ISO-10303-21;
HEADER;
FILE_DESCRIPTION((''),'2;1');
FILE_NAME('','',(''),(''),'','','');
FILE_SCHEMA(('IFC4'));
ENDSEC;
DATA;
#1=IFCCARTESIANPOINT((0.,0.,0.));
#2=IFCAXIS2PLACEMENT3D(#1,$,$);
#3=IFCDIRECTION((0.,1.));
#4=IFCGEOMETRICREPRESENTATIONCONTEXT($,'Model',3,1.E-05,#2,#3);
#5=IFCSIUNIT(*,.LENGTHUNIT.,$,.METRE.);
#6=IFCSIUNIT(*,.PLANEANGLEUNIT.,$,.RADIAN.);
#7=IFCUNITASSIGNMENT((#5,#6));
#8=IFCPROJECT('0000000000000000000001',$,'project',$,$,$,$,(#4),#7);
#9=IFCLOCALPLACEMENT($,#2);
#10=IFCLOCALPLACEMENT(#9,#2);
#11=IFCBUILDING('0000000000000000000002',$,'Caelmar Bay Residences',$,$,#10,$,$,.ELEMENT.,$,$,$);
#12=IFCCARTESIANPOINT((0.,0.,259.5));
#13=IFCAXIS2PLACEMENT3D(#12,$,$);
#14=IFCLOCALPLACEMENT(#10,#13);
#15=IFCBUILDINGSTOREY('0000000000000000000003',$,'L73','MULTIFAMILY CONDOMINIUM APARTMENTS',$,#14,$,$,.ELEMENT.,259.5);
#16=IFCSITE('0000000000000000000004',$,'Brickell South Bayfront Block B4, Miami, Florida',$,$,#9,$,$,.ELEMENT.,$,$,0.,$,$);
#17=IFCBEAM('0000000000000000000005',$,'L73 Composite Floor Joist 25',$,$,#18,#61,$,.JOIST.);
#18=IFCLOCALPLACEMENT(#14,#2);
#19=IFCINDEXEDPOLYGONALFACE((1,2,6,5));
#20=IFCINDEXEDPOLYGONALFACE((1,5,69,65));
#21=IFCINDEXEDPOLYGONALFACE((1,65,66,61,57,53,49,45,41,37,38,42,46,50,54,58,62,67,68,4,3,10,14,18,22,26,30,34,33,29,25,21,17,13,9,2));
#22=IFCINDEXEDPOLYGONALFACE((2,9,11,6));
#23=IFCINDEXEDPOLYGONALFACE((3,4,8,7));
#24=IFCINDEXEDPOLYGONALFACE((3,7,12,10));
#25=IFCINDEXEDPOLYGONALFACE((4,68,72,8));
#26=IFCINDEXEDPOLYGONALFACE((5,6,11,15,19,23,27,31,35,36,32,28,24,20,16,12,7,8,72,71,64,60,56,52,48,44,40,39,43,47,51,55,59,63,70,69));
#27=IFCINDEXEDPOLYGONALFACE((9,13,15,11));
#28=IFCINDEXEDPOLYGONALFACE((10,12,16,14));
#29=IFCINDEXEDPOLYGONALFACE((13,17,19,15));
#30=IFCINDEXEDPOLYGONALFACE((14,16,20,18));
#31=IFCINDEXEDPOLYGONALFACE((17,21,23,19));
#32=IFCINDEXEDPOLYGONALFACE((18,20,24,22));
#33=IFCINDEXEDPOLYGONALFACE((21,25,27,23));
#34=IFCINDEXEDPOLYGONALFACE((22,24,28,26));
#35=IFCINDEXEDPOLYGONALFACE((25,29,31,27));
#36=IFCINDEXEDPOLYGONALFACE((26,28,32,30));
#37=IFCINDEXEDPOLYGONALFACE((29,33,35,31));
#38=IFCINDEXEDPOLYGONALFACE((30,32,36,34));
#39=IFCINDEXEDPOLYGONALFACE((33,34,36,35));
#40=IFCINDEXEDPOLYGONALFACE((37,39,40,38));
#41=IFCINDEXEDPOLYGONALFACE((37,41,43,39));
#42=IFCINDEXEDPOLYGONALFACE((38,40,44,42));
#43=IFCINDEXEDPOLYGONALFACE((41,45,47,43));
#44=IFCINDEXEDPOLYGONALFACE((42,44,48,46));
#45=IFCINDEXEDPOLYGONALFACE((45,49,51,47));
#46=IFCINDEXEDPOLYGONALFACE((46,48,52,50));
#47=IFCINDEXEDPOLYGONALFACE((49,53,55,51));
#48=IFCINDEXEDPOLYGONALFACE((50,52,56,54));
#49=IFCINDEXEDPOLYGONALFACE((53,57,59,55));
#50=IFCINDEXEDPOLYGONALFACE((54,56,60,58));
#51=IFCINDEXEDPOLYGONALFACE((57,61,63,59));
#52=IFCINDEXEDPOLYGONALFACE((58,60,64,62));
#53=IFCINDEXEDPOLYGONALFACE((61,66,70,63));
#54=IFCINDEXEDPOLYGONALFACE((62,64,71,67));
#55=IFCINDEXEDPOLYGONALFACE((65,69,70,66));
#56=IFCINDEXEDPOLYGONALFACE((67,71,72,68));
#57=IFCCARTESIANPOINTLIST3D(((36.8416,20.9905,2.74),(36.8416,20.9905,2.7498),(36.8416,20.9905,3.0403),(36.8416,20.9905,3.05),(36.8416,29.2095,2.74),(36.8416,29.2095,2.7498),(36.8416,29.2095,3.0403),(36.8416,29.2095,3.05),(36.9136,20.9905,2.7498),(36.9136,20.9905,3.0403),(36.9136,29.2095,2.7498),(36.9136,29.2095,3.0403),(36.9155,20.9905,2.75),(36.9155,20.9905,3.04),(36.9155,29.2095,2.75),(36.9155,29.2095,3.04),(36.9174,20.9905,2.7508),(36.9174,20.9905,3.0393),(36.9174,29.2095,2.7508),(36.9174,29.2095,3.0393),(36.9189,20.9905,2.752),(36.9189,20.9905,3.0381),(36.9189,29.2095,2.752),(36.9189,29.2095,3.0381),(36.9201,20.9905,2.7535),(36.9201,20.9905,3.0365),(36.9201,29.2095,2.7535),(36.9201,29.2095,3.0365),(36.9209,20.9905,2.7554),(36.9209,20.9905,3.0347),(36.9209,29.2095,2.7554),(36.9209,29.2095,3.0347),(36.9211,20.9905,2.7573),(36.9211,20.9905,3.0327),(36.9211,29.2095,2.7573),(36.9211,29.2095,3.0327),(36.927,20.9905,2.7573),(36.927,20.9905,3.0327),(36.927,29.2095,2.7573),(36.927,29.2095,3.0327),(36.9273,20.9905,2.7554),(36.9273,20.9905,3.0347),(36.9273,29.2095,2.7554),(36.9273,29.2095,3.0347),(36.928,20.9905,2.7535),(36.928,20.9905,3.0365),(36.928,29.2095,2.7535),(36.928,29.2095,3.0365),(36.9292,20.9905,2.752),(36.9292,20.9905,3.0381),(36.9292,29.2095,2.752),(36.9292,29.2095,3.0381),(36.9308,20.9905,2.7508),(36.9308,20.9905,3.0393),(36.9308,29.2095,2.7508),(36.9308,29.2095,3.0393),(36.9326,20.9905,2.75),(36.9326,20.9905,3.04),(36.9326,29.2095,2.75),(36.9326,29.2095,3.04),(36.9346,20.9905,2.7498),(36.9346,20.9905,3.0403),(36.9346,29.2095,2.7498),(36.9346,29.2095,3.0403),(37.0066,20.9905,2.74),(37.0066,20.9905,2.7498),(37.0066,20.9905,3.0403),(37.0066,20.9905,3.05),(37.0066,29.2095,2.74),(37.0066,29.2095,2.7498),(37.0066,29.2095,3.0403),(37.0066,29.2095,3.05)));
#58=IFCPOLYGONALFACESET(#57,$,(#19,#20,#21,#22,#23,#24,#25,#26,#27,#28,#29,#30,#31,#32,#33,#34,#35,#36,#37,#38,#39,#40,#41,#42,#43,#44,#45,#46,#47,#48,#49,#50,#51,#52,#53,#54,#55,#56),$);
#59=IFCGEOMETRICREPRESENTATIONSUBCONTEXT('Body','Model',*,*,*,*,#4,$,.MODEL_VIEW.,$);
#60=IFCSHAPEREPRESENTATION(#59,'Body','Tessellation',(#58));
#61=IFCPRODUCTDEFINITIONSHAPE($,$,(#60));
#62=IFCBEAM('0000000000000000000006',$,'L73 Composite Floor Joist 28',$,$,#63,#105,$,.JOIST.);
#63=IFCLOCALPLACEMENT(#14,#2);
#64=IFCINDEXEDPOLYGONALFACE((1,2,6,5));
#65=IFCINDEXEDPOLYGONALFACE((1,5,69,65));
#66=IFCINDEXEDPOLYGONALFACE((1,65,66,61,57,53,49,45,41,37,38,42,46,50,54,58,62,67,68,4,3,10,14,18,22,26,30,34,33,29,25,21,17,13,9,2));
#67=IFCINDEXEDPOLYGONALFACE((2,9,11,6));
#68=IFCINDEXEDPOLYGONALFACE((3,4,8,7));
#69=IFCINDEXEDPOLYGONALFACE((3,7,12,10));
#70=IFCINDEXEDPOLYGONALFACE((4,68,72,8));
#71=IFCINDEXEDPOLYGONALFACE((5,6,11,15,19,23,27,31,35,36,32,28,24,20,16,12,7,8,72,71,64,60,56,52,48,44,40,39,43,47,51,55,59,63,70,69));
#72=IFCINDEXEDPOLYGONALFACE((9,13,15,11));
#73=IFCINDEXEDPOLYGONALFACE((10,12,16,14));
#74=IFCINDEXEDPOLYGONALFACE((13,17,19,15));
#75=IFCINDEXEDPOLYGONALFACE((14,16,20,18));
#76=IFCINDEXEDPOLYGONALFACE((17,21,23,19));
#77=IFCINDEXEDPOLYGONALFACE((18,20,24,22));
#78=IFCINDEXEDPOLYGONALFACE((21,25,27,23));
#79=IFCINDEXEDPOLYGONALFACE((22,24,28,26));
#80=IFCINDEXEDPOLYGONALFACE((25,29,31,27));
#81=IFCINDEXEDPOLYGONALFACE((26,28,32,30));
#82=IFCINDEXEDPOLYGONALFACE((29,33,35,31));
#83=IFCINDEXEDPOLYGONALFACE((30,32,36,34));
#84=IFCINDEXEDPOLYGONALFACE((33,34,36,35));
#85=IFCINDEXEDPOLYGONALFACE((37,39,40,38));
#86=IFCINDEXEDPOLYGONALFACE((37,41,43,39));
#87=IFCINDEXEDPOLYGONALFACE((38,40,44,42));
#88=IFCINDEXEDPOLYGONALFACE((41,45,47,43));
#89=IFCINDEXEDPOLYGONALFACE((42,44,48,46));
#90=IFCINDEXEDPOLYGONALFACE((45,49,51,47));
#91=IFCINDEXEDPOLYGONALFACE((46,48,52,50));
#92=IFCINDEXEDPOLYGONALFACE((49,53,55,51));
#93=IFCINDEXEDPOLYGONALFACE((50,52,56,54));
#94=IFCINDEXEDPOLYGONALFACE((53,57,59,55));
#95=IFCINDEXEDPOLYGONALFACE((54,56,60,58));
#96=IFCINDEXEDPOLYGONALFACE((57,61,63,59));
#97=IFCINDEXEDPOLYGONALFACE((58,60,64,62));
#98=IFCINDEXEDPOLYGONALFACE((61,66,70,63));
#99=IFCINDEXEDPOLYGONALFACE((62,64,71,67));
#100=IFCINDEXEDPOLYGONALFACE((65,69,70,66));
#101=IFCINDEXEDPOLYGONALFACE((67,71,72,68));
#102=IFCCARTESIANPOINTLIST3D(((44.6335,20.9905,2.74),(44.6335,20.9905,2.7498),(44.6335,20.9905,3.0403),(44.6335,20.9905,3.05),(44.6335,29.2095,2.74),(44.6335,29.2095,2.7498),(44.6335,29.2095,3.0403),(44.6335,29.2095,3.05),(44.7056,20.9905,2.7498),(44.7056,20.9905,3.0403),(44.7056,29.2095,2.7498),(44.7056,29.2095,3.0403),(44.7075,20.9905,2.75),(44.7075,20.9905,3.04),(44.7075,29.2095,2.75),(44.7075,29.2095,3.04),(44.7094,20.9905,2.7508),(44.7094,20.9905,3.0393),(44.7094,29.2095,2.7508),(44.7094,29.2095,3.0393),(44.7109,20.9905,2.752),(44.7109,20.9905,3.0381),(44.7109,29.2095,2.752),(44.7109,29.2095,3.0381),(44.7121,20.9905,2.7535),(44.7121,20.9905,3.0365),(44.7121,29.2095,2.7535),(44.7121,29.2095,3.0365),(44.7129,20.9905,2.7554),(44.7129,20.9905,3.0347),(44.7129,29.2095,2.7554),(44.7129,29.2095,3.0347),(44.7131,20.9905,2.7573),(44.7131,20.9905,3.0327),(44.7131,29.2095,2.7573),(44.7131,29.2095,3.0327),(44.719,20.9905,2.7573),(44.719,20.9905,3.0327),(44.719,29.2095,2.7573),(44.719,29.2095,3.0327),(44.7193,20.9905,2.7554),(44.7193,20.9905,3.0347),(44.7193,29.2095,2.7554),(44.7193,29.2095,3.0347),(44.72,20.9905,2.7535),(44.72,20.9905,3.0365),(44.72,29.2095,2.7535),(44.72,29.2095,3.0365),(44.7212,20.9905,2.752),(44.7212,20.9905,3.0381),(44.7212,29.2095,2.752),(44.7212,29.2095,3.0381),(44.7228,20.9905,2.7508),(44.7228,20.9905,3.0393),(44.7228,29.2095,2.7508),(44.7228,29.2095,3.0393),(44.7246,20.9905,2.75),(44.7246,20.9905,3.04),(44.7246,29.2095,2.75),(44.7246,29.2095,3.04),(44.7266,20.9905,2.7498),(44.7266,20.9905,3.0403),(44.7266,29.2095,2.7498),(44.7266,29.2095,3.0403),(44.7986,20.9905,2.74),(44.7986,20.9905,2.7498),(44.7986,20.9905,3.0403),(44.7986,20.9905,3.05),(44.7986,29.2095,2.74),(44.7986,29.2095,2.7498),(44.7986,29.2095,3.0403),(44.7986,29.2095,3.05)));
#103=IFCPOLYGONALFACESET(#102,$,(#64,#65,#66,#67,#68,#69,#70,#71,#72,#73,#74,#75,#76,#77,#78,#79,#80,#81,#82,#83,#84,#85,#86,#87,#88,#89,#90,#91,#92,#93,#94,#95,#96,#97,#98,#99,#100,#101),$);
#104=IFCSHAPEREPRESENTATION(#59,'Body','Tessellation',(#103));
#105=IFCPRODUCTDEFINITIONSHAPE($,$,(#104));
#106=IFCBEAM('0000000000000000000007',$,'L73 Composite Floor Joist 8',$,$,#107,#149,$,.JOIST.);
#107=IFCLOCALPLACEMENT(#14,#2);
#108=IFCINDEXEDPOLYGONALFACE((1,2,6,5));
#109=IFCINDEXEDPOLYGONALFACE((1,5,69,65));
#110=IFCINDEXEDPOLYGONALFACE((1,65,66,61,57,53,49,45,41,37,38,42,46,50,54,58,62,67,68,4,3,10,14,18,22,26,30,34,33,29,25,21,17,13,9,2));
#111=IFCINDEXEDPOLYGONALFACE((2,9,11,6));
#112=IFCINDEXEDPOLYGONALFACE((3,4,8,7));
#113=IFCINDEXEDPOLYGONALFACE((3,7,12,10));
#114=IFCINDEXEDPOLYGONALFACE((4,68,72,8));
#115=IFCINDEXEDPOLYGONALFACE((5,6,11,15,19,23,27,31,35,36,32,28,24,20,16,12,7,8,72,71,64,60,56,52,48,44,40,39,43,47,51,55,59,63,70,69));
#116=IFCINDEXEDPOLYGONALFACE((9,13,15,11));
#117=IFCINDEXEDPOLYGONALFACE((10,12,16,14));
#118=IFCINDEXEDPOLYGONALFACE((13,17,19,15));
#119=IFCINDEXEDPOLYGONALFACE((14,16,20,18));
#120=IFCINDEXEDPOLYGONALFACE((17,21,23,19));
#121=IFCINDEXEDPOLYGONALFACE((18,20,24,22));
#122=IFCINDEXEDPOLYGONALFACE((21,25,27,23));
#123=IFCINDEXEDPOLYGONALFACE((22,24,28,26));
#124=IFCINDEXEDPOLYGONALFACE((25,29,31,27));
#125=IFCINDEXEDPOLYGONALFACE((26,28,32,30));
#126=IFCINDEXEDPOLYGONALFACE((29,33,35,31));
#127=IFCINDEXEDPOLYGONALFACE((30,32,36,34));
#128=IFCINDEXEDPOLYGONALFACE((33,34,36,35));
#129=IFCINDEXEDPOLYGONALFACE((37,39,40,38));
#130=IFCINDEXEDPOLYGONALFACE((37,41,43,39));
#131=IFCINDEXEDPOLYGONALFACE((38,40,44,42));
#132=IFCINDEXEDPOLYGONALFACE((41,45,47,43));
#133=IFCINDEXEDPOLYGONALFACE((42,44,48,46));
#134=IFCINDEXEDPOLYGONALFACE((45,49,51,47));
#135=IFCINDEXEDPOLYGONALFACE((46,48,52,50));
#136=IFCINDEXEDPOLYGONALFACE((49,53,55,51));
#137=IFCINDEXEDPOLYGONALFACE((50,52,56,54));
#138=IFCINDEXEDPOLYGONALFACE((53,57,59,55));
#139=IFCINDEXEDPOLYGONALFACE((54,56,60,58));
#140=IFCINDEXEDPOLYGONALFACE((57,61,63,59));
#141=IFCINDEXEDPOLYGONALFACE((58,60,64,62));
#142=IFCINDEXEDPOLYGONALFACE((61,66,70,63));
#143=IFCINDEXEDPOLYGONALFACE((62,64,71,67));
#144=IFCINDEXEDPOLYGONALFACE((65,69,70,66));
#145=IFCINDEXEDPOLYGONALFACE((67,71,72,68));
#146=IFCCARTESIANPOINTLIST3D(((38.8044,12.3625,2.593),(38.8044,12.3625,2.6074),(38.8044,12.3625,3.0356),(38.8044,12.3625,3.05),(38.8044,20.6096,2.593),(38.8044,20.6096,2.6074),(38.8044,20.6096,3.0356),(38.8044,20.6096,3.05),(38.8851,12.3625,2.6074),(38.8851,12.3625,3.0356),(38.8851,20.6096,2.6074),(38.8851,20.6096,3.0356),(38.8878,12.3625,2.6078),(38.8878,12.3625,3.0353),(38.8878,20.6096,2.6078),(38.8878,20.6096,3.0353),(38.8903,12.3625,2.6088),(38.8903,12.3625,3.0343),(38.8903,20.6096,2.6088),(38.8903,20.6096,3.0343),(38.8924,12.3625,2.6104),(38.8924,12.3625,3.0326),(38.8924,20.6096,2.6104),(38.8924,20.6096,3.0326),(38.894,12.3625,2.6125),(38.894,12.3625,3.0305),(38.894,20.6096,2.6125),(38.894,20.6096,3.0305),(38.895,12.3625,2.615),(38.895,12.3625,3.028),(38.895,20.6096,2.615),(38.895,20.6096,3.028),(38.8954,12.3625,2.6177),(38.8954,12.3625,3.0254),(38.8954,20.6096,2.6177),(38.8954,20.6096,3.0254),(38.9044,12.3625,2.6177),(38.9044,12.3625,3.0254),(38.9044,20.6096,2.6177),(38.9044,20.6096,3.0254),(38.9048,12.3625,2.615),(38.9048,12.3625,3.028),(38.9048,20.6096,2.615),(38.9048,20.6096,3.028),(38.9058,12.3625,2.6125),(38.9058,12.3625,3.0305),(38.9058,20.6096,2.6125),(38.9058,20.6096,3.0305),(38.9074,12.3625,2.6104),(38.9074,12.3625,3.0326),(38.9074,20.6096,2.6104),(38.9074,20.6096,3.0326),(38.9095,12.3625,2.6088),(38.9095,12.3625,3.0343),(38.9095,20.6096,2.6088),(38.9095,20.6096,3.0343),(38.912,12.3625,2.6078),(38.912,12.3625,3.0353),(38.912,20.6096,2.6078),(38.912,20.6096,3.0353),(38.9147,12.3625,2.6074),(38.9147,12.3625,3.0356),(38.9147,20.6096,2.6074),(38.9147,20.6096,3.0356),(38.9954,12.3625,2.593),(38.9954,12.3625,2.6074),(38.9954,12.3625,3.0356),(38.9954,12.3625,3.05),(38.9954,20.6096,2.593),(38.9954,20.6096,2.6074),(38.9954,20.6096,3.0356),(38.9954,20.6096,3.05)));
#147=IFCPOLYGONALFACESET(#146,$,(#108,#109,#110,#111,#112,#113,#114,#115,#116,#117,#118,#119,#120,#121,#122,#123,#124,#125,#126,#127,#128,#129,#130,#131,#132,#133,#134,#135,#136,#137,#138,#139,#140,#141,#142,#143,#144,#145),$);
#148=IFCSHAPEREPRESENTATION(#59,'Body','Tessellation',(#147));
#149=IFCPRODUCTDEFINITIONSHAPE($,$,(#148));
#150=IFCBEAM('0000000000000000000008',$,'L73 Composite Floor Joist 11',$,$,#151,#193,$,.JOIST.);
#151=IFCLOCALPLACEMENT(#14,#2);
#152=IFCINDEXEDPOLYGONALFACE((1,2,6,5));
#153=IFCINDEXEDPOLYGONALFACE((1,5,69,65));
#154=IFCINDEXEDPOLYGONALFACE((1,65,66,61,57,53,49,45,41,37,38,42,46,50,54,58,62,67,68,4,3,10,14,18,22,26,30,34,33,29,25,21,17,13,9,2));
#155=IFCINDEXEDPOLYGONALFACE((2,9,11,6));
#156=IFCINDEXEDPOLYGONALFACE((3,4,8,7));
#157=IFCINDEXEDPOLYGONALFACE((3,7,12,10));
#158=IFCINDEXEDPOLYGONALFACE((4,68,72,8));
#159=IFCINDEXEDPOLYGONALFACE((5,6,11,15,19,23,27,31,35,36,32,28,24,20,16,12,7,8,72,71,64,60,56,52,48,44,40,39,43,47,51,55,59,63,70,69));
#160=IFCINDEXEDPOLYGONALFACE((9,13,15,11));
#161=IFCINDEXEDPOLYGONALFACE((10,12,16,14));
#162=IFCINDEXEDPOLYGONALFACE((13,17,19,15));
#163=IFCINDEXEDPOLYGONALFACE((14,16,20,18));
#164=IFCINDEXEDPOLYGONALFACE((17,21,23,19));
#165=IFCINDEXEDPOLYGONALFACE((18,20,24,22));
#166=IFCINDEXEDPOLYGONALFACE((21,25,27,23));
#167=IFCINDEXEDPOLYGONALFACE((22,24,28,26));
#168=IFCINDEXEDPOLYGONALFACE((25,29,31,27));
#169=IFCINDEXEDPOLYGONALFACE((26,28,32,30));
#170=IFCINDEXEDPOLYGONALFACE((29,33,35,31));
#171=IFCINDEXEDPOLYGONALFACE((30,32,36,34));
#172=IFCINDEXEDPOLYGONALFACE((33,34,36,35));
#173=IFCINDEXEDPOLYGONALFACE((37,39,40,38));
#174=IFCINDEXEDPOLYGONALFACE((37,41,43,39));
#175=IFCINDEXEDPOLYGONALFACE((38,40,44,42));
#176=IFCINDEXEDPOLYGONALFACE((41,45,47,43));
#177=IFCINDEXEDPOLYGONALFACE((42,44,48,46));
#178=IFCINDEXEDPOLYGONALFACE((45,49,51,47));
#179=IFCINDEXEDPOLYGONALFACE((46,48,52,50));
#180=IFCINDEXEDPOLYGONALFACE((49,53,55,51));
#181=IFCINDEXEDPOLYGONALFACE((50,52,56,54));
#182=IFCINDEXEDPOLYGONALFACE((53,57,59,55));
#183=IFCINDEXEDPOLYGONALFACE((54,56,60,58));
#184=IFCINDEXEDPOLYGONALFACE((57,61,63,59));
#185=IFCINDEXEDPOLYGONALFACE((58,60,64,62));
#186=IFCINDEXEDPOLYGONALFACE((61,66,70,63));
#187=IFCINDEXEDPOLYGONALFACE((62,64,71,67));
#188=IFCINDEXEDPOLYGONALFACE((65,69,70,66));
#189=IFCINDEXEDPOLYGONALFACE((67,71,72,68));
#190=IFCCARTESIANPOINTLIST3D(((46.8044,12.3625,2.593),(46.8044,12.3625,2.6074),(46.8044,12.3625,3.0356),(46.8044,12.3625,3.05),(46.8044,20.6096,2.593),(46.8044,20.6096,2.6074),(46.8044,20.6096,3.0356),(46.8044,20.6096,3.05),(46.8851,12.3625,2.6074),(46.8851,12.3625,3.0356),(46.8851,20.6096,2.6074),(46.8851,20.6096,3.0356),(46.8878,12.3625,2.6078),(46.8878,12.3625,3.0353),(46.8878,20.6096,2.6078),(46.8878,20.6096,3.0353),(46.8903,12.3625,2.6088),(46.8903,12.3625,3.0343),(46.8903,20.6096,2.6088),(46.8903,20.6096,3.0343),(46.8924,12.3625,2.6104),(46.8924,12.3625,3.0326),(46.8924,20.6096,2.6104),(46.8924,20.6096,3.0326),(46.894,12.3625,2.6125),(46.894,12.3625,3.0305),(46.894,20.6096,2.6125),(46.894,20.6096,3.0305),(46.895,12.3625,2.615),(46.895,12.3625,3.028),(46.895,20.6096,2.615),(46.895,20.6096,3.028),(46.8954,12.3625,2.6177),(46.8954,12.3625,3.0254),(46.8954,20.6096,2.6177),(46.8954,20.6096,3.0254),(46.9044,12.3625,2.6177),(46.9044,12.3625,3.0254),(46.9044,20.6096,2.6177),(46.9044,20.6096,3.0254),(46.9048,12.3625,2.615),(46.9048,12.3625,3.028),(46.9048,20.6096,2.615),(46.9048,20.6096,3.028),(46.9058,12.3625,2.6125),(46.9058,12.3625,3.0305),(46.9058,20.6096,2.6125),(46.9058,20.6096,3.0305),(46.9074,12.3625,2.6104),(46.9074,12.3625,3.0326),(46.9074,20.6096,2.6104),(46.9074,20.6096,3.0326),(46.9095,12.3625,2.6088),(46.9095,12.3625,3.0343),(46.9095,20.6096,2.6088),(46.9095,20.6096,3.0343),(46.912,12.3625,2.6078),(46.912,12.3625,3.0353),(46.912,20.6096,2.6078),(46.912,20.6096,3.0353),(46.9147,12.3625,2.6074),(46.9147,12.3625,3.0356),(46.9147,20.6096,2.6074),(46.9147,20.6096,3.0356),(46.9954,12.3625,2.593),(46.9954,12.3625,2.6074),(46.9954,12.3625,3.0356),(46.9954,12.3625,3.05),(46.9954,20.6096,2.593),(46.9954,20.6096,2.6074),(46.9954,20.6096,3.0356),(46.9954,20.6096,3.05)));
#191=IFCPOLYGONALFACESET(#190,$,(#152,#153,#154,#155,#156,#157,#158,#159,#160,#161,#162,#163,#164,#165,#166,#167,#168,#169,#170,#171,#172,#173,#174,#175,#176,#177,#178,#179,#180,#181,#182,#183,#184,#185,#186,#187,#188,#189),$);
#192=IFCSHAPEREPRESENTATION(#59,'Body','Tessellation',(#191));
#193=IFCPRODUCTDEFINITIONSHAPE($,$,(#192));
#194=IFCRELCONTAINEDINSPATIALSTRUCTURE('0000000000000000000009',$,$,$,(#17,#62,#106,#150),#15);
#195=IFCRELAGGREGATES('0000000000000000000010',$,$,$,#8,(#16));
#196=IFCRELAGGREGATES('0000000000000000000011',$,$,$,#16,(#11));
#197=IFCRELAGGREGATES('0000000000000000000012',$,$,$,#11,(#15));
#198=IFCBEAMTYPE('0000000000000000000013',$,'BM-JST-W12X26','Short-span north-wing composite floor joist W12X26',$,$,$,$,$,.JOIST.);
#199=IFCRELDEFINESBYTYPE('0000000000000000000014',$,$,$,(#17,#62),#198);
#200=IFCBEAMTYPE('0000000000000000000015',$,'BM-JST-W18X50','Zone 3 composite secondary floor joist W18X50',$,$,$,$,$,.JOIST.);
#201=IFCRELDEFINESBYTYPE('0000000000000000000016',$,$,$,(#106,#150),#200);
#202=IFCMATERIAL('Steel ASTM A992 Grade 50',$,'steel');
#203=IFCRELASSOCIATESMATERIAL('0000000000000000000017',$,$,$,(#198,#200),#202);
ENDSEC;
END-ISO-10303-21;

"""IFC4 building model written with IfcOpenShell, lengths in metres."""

from ifc_helpers import new_model, si_unit, direction, frame, origin, origin_2d, place, context, subcontext, project, spatial, i_section, extrude, material, material_profile, profile_set, type_object, element, save


model = new_model("IFC4")

# Units and contexts
model_context = context("Model", 3, precision=1e-05, world=origin(), true_north=direction((0.0, 1.0)))
body_context = subcontext(model_context, "Body", "Model", "MODEL_VIEW")
ifc_project = project(units=[si_unit("LENGTHUNIT", "METRE"), si_unit("PLANEANGLEUNIT", "RADIAN")], contexts=[model_context])

# Site, building, storey
site_placement = place(None, origin())
site = spatial("IfcSite", under=ifc_project, at=site_placement, Name="Brickell South Bayfront Block B4, Miami, Florida", CompositionType="ELEMENT", RefElevation=0.0)
building_placement = place(site_placement, origin())
building = spatial("IfcBuilding", under=site, at=building_placement, Name="Caelmar Bay Residences", CompositionType="ELEMENT")
storey_placement = place(building_placement, frame((0.0, 0.0, 259.5)))
storey = spatial("IfcBuildingStorey", under=building, at=storey_placement, Name="L73", Description="MULTIFAMILY CONDOMINIUM APARTMENTS", CompositionType="ELEMENT", Elevation=259.5)

# Beams
ifc_material_1 = material(Name="Steel ASTM A992 Grade 50", Category="steel")
ifc_material_profile_1 = material_profile(ifc_material_1, i_section(OverallWidth=0.165, OverallDepth=0.3101, WebThickness=0.0059, FlangeThickness=0.0098, FilletRadius=0.0076, at=origin_2d()), Name="W12X26")
ifc_profile_set_1 = profile_set([ifc_material_profile_1], Name="Steel ASTM A992 Grade 50")
beam_type_1 = type_object("IfcBeamType", Name="BM-JST-W12X26", Description="Short-span north-wing composite floor joist W12X26", PredefinedType="JOIST", material=ifc_profile_set_1)
for number, where, z_axis, x_axis, name in (
    (1, (36.9241, 20.9905, 2.895), (0.0, 1.0, 0.0), (-1.0, 0.0, 0.0), "L73 Composite Floor Joist 25"),
    (2, (44.7161, 20.9905, 2.895), (0.0, 1.0, 0.0), (-1.0, 0.0, 0.0), "L73 Composite Floor Joist 28"),
):
    element("IfcBeam", number, at=place(storey_placement, frame(where, z_axis=z_axis, x_axis=x_axis)), inside=storey, type_object=beam_type_1, Name=name, PredefinedType="JOIST", context=body_context, shape_type="SweptSolid", body=[
        extrude(i_section(OverallWidth=0.165, OverallDepth=0.3101, WebThickness=0.0059, FlangeThickness=0.0098, FilletRadius=0.0076, at=origin_2d()), origin(), (0.0, 0.0, 1.0), 8.219),
    ])
ifc_material_profile_2 = material_profile(ifc_material_1, i_section(OverallWidth=0.1909, OverallDepth=0.457, WebThickness=0.009, FlangeThickness=0.0144, FilletRadius=0.0103, at=origin_2d()), Name="W18X50")
ifc_profile_set_2 = profile_set([ifc_material_profile_2], Name="Steel ASTM A992 Grade 50")
beam_type_2 = type_object("IfcBeamType", Name="BM-JST-W18X50", Description="Zone 3 composite secondary floor joist W18X50", PredefinedType="JOIST", material=ifc_profile_set_2)
for number, where, z_axis, x_axis, name in (
    (3, (38.8999, 12.3625, 2.8215), (0.0, 1.0, 0.0), (-1.0, 0.0, 0.0), "L73 Composite Floor Joist 8"),
    (4, (46.8999, 12.3625, 2.8215), (0.0, 1.0, 0.0), (-1.0, 0.0, 0.0), "L73 Composite Floor Joist 11"),
):
    element("IfcBeam", number, at=place(storey_placement, frame(where, z_axis=z_axis, x_axis=x_axis)), inside=storey, type_object=beam_type_2, Name=name, PredefinedType="JOIST", context=body_context, shape_type="SweptSolid", body=[
        extrude(i_section(OverallWidth=0.1909, OverallDepth=0.457, WebThickness=0.009, FlangeThickness=0.0144, FilletRadius=0.0103, at=origin_2d()), origin(), (0.0, 0.0, 1.0), 8.2471),
    ])

save(model, "model.ifc")
